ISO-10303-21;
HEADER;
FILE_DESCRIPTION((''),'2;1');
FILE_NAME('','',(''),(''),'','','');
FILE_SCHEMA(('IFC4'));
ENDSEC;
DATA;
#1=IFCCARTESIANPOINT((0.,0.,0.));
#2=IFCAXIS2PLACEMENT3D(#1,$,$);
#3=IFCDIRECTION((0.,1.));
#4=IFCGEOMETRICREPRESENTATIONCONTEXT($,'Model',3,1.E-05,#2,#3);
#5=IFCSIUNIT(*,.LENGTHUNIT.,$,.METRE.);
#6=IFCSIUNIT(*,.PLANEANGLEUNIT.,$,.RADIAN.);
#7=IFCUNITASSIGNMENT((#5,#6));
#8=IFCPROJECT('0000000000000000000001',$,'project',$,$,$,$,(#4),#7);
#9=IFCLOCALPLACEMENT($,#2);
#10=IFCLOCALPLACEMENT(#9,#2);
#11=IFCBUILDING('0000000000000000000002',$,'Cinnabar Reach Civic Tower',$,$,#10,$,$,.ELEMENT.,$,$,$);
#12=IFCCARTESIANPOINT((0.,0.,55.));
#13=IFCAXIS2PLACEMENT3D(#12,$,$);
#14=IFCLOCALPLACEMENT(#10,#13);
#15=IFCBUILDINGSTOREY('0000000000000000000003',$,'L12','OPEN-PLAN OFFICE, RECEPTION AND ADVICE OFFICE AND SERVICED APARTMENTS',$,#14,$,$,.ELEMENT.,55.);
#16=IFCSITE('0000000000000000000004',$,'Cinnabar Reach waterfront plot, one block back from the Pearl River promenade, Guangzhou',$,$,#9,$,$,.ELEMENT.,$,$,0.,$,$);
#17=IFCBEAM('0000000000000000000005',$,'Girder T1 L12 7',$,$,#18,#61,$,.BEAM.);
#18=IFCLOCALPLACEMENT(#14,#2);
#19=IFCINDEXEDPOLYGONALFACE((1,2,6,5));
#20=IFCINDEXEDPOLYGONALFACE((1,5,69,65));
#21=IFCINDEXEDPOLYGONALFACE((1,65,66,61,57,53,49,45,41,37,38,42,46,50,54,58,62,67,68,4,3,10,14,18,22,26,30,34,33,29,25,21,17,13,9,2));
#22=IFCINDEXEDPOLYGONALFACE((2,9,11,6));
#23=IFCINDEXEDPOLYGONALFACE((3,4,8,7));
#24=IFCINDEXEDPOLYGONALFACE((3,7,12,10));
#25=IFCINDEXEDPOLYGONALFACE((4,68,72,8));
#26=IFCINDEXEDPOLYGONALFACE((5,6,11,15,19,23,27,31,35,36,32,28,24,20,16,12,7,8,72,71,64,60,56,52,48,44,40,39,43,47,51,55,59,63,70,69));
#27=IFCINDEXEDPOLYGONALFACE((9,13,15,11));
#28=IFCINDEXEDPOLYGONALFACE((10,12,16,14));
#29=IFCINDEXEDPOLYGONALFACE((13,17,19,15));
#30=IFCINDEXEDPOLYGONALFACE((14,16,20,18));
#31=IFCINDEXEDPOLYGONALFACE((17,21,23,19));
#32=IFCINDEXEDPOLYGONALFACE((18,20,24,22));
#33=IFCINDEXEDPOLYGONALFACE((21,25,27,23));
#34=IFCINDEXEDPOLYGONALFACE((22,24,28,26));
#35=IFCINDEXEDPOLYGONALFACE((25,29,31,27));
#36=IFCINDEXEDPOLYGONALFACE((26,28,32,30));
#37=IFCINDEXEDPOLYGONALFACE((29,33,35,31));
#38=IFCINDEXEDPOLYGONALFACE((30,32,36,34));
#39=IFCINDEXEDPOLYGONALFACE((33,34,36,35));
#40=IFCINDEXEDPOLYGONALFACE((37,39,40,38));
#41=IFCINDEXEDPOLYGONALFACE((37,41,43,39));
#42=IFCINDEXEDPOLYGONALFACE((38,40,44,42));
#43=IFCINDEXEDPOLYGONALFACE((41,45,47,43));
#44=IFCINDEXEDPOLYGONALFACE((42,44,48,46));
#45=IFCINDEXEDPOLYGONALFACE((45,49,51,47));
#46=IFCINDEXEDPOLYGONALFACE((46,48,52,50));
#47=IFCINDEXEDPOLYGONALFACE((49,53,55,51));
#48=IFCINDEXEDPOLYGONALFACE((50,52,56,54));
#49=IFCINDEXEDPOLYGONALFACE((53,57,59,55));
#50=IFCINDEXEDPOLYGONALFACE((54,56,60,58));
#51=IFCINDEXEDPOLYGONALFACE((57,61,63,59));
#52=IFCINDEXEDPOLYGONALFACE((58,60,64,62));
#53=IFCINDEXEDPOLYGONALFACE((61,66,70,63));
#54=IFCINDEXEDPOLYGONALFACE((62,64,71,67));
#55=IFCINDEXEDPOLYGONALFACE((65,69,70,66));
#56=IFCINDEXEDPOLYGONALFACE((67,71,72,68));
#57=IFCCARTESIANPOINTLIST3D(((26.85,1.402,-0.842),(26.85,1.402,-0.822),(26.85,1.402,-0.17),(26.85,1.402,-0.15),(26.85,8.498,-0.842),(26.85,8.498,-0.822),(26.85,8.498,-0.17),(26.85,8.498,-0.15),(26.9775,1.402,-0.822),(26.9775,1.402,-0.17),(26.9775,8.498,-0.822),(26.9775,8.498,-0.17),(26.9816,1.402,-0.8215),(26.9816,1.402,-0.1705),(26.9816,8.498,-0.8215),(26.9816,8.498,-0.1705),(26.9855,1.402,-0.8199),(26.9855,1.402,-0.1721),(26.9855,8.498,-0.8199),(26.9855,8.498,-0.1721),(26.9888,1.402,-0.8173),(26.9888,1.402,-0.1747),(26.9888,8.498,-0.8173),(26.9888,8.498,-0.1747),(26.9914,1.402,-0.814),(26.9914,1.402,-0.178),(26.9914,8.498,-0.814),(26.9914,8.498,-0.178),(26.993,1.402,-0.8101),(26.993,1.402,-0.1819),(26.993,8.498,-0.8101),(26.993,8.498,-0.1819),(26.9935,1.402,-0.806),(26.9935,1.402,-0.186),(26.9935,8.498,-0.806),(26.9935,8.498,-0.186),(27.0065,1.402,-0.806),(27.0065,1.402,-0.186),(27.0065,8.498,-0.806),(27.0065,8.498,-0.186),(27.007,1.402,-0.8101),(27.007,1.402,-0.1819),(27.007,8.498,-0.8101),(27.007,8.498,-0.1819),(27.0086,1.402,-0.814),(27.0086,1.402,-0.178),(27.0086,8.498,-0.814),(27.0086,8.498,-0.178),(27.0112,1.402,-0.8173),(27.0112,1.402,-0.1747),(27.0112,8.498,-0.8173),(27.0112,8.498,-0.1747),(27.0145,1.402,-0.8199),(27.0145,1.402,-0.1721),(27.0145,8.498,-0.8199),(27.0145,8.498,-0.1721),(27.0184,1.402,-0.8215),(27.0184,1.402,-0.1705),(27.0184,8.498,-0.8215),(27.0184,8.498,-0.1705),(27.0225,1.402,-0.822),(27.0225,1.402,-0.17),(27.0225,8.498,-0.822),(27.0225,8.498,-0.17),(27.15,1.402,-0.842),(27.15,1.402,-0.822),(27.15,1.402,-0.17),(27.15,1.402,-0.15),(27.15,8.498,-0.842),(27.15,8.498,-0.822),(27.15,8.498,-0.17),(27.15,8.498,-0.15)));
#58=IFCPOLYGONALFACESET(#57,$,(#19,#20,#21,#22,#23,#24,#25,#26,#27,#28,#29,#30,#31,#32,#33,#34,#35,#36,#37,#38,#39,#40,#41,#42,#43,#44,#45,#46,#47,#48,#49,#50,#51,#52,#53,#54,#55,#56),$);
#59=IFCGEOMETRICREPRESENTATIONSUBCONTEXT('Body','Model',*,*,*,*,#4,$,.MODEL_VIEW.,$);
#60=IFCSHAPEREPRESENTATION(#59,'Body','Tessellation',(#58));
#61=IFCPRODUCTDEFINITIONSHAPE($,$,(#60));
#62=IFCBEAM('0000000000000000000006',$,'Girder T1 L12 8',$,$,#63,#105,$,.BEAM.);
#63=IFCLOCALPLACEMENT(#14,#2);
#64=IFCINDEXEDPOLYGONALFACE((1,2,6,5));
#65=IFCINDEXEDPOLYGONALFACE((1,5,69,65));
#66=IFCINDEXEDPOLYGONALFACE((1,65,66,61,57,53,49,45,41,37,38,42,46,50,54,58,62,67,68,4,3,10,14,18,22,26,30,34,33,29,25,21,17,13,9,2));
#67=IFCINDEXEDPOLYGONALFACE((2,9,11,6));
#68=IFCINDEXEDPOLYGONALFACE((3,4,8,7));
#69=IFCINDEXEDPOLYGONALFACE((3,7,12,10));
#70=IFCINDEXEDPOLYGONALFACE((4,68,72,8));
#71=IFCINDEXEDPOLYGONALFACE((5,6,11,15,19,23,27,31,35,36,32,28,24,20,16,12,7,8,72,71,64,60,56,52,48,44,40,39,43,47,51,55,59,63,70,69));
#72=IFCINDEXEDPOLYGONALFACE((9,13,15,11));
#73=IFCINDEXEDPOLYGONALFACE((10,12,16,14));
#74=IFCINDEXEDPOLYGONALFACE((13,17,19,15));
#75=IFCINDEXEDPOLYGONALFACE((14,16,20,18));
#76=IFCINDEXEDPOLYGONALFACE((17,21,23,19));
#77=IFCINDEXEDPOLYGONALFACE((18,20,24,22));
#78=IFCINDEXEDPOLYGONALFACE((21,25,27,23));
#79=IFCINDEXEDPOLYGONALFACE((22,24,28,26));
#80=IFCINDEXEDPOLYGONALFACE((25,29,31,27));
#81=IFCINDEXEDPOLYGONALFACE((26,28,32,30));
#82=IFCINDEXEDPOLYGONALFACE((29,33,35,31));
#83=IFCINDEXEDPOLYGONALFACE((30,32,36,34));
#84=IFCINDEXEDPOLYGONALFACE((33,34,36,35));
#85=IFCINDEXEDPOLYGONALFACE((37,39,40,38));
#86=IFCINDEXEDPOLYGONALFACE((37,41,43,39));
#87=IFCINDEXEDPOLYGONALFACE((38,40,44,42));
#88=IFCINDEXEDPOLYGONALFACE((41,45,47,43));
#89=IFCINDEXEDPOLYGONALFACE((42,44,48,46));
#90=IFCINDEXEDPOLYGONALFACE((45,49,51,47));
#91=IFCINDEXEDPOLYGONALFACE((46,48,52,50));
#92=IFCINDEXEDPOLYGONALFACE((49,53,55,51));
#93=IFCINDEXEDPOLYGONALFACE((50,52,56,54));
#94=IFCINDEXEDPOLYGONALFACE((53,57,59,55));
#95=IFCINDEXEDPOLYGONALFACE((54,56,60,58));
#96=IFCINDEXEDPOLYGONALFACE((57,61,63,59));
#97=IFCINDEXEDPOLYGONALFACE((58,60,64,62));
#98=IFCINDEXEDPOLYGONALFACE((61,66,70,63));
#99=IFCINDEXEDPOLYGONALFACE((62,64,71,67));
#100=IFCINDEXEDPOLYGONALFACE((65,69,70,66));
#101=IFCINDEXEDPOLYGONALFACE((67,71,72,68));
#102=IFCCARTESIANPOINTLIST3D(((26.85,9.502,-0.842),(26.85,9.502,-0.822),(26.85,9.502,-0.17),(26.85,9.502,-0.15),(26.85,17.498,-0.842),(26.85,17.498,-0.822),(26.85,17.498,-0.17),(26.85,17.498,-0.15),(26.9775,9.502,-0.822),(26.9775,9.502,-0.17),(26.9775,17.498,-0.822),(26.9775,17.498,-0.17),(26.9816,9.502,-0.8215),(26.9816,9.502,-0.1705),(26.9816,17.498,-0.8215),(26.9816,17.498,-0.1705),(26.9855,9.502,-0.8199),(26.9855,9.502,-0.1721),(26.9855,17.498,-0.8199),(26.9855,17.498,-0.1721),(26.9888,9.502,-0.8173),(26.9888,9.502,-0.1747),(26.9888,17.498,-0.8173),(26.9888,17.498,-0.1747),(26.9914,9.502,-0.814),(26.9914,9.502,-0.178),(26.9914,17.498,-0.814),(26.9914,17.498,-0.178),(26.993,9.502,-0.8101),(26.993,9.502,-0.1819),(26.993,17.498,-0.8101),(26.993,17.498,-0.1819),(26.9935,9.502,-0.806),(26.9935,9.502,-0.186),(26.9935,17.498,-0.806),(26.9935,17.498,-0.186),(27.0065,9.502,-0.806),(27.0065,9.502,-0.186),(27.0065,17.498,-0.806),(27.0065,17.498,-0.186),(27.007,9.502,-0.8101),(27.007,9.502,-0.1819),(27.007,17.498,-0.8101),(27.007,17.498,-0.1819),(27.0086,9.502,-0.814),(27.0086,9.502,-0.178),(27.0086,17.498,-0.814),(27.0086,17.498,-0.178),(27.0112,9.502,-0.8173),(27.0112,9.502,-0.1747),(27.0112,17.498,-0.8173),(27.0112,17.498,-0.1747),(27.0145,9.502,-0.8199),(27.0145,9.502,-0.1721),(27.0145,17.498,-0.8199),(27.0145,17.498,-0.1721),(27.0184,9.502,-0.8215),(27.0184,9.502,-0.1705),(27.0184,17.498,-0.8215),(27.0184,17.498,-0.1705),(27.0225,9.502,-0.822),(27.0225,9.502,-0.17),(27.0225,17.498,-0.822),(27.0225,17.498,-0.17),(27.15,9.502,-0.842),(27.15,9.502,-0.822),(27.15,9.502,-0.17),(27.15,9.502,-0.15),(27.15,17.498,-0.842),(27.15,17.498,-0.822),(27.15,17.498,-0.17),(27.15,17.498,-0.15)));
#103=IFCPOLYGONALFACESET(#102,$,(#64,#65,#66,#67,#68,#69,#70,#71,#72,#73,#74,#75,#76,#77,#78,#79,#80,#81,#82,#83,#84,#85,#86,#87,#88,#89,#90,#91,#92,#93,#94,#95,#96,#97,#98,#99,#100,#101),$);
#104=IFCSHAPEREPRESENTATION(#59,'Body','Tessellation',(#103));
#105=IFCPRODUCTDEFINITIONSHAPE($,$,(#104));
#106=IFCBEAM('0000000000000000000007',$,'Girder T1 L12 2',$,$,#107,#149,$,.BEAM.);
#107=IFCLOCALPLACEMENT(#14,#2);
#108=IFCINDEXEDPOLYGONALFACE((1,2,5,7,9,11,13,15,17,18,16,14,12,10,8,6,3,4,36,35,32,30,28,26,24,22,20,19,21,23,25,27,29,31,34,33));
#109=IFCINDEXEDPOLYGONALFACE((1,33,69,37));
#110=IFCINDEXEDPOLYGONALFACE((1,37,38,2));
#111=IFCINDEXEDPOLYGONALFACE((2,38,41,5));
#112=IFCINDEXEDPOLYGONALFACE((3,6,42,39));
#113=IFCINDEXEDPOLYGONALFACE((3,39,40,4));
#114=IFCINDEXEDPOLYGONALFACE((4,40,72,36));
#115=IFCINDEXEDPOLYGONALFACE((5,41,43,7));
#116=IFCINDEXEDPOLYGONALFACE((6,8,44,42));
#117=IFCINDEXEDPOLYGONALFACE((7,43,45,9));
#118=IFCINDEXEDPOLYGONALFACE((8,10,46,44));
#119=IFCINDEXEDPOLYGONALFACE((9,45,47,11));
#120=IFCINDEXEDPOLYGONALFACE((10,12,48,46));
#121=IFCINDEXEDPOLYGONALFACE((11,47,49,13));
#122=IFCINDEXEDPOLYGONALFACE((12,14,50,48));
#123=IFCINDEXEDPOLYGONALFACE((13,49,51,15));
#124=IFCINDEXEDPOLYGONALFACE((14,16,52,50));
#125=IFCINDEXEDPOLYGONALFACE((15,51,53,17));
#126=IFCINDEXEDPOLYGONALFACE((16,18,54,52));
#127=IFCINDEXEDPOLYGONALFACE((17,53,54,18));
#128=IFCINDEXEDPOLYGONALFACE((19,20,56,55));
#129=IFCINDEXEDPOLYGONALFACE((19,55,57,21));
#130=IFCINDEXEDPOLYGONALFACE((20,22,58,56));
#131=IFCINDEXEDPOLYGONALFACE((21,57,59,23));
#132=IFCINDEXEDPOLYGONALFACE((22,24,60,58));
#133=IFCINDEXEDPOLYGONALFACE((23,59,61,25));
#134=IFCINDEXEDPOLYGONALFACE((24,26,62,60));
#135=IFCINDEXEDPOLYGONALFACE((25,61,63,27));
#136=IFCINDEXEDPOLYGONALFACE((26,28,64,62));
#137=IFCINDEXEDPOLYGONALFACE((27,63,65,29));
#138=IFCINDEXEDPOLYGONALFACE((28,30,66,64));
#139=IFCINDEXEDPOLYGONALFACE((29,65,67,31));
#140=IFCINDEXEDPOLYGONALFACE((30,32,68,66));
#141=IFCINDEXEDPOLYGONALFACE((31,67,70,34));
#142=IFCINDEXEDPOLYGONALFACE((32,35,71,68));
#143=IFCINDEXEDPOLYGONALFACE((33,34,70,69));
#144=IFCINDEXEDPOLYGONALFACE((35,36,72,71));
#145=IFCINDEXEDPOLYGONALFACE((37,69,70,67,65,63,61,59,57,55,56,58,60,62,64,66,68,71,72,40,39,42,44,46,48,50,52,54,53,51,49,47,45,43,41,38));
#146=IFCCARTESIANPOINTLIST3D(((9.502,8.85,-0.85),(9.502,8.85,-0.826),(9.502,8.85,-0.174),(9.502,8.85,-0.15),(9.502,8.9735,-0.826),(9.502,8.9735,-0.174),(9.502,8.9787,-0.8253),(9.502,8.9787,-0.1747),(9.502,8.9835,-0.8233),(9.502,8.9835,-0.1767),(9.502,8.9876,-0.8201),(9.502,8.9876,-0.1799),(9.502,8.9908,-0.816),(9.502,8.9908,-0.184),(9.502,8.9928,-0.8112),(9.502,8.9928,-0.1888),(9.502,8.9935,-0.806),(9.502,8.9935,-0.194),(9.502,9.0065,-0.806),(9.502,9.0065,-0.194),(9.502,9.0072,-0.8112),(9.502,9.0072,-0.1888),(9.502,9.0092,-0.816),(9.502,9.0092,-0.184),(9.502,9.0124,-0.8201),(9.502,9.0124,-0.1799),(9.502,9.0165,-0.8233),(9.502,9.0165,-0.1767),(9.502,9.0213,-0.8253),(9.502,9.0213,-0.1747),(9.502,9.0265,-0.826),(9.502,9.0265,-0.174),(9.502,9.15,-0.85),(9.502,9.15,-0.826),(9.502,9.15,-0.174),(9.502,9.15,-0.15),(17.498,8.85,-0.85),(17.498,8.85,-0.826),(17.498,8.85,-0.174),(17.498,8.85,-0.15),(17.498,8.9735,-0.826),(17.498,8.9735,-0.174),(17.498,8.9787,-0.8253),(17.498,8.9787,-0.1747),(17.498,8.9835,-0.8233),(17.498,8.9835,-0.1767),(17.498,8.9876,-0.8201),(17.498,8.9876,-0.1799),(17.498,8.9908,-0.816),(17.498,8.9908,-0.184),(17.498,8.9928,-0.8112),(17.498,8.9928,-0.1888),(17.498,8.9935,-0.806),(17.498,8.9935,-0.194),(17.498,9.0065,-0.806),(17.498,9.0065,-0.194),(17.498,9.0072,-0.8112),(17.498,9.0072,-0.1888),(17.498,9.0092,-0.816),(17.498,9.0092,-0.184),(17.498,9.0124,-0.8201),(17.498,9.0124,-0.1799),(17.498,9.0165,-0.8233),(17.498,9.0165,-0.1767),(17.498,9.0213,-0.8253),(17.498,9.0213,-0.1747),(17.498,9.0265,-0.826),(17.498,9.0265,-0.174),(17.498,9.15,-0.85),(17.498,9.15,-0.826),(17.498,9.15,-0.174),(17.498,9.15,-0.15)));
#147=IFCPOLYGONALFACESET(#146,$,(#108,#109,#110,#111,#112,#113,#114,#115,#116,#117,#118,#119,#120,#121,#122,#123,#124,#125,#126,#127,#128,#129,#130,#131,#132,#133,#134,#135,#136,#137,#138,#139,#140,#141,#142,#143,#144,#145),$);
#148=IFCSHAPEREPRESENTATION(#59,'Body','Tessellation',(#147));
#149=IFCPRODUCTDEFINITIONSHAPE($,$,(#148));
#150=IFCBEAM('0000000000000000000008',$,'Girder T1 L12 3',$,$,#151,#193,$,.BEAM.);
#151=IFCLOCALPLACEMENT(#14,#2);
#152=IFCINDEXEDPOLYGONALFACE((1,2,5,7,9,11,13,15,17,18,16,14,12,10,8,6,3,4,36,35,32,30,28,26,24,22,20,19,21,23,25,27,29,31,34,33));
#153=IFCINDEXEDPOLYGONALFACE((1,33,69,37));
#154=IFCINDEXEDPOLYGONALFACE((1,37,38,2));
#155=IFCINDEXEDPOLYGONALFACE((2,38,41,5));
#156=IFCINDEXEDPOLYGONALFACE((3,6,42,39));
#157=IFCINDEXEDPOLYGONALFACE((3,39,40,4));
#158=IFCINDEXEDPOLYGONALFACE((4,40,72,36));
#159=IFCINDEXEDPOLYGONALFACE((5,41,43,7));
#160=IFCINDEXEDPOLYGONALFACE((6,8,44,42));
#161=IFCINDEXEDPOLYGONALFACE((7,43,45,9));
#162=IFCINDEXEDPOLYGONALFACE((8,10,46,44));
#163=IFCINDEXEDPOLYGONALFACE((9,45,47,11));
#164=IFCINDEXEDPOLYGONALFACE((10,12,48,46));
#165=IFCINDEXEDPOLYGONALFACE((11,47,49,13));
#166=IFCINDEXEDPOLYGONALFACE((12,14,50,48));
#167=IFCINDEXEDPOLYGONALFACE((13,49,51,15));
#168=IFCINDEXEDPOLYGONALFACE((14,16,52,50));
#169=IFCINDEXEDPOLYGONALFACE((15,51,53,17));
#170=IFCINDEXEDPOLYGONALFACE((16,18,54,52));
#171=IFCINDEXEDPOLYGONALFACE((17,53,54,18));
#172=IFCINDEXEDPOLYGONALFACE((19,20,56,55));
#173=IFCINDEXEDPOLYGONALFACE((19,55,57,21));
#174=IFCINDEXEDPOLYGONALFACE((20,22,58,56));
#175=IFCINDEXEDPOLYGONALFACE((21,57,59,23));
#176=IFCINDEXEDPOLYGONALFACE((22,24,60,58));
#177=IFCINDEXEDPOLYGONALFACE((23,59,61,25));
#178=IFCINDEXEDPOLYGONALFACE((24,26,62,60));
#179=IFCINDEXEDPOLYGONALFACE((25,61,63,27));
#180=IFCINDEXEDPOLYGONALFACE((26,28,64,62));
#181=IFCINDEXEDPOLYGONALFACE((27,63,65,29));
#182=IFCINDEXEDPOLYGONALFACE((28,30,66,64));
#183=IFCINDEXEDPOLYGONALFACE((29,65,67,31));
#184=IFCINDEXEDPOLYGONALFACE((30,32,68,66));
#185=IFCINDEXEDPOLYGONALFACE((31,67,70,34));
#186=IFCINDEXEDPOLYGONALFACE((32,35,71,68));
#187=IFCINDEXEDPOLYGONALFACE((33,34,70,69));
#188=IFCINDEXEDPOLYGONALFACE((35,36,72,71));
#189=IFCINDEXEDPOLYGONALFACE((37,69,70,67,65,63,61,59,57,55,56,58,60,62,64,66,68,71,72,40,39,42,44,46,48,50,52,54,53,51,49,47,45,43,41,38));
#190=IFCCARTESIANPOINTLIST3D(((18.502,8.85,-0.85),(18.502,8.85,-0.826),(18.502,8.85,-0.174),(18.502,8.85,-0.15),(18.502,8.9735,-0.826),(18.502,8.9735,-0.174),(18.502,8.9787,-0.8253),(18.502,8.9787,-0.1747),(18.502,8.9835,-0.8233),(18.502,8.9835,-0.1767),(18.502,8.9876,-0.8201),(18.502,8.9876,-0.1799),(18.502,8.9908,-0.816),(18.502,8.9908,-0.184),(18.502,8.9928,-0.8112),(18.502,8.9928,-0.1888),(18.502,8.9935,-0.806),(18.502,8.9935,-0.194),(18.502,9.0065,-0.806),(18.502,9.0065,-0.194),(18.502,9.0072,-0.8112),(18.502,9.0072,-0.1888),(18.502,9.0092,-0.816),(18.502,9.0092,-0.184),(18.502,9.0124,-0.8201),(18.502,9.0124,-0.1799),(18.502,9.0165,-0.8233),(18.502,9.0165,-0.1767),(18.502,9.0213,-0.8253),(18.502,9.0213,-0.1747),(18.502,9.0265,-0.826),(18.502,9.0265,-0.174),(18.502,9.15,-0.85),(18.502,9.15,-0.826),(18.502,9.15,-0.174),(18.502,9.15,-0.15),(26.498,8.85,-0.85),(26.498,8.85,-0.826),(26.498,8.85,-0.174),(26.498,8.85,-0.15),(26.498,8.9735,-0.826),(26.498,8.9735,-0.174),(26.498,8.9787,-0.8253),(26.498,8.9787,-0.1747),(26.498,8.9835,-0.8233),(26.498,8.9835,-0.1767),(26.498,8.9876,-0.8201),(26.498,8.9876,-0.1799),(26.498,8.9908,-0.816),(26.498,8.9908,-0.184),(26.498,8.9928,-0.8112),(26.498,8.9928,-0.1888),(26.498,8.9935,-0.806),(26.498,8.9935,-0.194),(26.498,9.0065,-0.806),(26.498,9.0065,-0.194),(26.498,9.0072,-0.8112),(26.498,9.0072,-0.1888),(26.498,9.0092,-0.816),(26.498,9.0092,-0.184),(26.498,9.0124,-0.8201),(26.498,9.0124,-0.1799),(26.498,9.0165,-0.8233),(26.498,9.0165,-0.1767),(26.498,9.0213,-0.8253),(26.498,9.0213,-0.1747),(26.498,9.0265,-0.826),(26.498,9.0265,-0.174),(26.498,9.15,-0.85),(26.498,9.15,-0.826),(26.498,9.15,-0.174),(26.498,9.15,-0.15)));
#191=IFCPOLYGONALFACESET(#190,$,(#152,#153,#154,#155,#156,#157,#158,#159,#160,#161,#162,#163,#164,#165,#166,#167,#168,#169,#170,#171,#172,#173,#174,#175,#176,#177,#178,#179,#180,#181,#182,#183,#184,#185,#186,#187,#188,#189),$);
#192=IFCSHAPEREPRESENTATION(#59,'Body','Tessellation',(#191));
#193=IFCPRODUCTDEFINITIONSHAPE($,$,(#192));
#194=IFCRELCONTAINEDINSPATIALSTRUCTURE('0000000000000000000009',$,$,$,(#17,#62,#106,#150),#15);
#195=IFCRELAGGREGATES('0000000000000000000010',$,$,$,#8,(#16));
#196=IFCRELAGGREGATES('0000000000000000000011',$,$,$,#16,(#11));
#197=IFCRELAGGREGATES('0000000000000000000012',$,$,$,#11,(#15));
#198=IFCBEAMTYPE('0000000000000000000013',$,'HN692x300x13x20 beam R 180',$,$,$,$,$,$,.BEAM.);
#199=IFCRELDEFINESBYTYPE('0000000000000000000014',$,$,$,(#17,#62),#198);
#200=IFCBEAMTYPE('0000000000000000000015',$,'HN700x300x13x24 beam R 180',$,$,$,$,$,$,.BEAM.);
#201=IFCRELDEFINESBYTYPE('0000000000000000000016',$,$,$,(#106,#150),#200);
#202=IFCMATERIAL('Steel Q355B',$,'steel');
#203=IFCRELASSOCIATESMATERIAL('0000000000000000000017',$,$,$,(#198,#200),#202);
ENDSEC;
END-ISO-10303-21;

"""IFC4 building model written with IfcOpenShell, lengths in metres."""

from ifc_helpers import new_model, si_unit, direction, frame, origin, origin_2d, place, context, subcontext, project, spatial, i_section, extrude, material, material_profile, profile_set, type_object, element, save


model = new_model("IFC4")

# Units and contexts
model_context = context("Model", 3, precision=1e-05, world=origin(), true_north=direction((0.0, 1.0)))
body_context = subcontext(model_context, "Body", "Model", "MODEL_VIEW")
ifc_project = project(units=[si_unit("LENGTHUNIT", "METRE"), si_unit("PLANEANGLEUNIT", "RADIAN")], contexts=[model_context])

# Site, building, storey
site_placement = place(None, origin())
site = spatial("IfcSite", under=ifc_project, at=site_placement, Name="Cinnabar Reach waterfront plot, one block back from the Pearl River promenade, Guangzhou", CompositionType="ELEMENT", RefElevation=0.0)
building_placement = place(site_placement, origin())
building = spatial("IfcBuilding", under=site, at=building_placement, Name="Cinnabar Reach Civic Tower", CompositionType="ELEMENT")
storey_placement = place(building_placement, frame((0.0, 0.0, 55.0)))
storey = spatial("IfcBuildingStorey", under=building, at=storey_placement, Name="L12", Description="OPEN-PLAN OFFICE, RECEPTION AND ADVICE OFFICE AND SERVICED APARTMENTS", CompositionType="ELEMENT", Elevation=55.0)

# Beams
ifc_material_1 = material(Name="Steel Q355B", Category="steel")
ifc_material_profile_1 = material_profile(ifc_material_1, i_section(OverallWidth=0.3, OverallDepth=0.692, WebThickness=0.013, FlangeThickness=0.02, FilletRadius=0.016, at=origin_2d()), Name="HN692x300x13x20")
ifc_profile_set_1 = profile_set([ifc_material_profile_1], Name="Steel Q355B")
beam_type_1 = type_object("IfcBeamType", Name="HN692x300x13x20 beam R 180", PredefinedType="BEAM", material=ifc_profile_set_1)
beam_1_placement = place(storey_placement, frame((27.0, 1.402, -0.496), z_axis=(0.0, 1.0, 0.0), x_axis=(-1.0, 0.0, 0.0)))
element("IfcBeam", 1, at=beam_1_placement, inside=storey, type_object=beam_type_1, Name="Girder T1 L12 7", PredefinedType="BEAM", context=body_context, shape_type="SweptSolid", body=[
    extrude(i_section(OverallWidth=0.3, OverallDepth=0.692, WebThickness=0.013, FlangeThickness=0.02, FilletRadius=0.016, at=origin_2d()), origin(), (0.0, 0.0, 1.0), 7.096),
])
beam_2_placement = place(storey_placement, frame((27.0, 9.502, -0.496), z_axis=(0.0, 1.0, 0.0), x_axis=(-1.0, 0.0, 0.0)))
element("IfcBeam", 2, at=beam_2_placement, inside=storey, type_object=beam_type_1, Name="Girder T1 L12 8", PredefinedType="BEAM", context=body_context, shape_type="SweptSolid", body=[
    extrude(i_section(OverallWidth=0.3, OverallDepth=0.692, WebThickness=0.013, FlangeThickness=0.02, FilletRadius=0.016, at=origin_2d()), origin(), (0.0, 0.0, 1.0), 7.996),
])
ifc_material_profile_2 = material_profile(ifc_material_1, i_section(OverallWidth=0.3, OverallDepth=0.7, WebThickness=0.013, FlangeThickness=0.024, FilletRadius=0.02, at=origin_2d()), Name="HN700x300x13x24")
ifc_profile_set_2 = profile_set([ifc_material_profile_2], Name="Steel Q355B")
beam_type_2 = type_object("IfcBeamType", Name="HN700x300x13x24 beam R 180", PredefinedType="BEAM", material=ifc_profile_set_2)
for number, where, z_axis, x_axis, name in (
    (3, (9.502, 9.0, -0.5), (1.0, 0.0, 0.0), (0.0, 1.0, 0.0), "Girder T1 L12 2"),
    (4, (18.502, 9.0, -0.5), (1.0, 0.0, 0.0), (0.0, 1.0, 0.0), "Girder T1 L12 3"),
):
    element("IfcBeam", number, at=place(storey_placement, frame(where, z_axis=z_axis, x_axis=x_axis)), inside=storey, type_object=beam_type_2, Name=name, PredefinedType="BEAM", context=body_context, shape_type="SweptSolid", body=[
        extrude(i_section(OverallWidth=0.3, OverallDepth=0.7, WebThickness=0.013, FlangeThickness=0.024, FilletRadius=0.02, at=origin_2d()), origin(), (0.0, 0.0, 1.0), 7.996),
    ])

save(model, "model.ifc")
